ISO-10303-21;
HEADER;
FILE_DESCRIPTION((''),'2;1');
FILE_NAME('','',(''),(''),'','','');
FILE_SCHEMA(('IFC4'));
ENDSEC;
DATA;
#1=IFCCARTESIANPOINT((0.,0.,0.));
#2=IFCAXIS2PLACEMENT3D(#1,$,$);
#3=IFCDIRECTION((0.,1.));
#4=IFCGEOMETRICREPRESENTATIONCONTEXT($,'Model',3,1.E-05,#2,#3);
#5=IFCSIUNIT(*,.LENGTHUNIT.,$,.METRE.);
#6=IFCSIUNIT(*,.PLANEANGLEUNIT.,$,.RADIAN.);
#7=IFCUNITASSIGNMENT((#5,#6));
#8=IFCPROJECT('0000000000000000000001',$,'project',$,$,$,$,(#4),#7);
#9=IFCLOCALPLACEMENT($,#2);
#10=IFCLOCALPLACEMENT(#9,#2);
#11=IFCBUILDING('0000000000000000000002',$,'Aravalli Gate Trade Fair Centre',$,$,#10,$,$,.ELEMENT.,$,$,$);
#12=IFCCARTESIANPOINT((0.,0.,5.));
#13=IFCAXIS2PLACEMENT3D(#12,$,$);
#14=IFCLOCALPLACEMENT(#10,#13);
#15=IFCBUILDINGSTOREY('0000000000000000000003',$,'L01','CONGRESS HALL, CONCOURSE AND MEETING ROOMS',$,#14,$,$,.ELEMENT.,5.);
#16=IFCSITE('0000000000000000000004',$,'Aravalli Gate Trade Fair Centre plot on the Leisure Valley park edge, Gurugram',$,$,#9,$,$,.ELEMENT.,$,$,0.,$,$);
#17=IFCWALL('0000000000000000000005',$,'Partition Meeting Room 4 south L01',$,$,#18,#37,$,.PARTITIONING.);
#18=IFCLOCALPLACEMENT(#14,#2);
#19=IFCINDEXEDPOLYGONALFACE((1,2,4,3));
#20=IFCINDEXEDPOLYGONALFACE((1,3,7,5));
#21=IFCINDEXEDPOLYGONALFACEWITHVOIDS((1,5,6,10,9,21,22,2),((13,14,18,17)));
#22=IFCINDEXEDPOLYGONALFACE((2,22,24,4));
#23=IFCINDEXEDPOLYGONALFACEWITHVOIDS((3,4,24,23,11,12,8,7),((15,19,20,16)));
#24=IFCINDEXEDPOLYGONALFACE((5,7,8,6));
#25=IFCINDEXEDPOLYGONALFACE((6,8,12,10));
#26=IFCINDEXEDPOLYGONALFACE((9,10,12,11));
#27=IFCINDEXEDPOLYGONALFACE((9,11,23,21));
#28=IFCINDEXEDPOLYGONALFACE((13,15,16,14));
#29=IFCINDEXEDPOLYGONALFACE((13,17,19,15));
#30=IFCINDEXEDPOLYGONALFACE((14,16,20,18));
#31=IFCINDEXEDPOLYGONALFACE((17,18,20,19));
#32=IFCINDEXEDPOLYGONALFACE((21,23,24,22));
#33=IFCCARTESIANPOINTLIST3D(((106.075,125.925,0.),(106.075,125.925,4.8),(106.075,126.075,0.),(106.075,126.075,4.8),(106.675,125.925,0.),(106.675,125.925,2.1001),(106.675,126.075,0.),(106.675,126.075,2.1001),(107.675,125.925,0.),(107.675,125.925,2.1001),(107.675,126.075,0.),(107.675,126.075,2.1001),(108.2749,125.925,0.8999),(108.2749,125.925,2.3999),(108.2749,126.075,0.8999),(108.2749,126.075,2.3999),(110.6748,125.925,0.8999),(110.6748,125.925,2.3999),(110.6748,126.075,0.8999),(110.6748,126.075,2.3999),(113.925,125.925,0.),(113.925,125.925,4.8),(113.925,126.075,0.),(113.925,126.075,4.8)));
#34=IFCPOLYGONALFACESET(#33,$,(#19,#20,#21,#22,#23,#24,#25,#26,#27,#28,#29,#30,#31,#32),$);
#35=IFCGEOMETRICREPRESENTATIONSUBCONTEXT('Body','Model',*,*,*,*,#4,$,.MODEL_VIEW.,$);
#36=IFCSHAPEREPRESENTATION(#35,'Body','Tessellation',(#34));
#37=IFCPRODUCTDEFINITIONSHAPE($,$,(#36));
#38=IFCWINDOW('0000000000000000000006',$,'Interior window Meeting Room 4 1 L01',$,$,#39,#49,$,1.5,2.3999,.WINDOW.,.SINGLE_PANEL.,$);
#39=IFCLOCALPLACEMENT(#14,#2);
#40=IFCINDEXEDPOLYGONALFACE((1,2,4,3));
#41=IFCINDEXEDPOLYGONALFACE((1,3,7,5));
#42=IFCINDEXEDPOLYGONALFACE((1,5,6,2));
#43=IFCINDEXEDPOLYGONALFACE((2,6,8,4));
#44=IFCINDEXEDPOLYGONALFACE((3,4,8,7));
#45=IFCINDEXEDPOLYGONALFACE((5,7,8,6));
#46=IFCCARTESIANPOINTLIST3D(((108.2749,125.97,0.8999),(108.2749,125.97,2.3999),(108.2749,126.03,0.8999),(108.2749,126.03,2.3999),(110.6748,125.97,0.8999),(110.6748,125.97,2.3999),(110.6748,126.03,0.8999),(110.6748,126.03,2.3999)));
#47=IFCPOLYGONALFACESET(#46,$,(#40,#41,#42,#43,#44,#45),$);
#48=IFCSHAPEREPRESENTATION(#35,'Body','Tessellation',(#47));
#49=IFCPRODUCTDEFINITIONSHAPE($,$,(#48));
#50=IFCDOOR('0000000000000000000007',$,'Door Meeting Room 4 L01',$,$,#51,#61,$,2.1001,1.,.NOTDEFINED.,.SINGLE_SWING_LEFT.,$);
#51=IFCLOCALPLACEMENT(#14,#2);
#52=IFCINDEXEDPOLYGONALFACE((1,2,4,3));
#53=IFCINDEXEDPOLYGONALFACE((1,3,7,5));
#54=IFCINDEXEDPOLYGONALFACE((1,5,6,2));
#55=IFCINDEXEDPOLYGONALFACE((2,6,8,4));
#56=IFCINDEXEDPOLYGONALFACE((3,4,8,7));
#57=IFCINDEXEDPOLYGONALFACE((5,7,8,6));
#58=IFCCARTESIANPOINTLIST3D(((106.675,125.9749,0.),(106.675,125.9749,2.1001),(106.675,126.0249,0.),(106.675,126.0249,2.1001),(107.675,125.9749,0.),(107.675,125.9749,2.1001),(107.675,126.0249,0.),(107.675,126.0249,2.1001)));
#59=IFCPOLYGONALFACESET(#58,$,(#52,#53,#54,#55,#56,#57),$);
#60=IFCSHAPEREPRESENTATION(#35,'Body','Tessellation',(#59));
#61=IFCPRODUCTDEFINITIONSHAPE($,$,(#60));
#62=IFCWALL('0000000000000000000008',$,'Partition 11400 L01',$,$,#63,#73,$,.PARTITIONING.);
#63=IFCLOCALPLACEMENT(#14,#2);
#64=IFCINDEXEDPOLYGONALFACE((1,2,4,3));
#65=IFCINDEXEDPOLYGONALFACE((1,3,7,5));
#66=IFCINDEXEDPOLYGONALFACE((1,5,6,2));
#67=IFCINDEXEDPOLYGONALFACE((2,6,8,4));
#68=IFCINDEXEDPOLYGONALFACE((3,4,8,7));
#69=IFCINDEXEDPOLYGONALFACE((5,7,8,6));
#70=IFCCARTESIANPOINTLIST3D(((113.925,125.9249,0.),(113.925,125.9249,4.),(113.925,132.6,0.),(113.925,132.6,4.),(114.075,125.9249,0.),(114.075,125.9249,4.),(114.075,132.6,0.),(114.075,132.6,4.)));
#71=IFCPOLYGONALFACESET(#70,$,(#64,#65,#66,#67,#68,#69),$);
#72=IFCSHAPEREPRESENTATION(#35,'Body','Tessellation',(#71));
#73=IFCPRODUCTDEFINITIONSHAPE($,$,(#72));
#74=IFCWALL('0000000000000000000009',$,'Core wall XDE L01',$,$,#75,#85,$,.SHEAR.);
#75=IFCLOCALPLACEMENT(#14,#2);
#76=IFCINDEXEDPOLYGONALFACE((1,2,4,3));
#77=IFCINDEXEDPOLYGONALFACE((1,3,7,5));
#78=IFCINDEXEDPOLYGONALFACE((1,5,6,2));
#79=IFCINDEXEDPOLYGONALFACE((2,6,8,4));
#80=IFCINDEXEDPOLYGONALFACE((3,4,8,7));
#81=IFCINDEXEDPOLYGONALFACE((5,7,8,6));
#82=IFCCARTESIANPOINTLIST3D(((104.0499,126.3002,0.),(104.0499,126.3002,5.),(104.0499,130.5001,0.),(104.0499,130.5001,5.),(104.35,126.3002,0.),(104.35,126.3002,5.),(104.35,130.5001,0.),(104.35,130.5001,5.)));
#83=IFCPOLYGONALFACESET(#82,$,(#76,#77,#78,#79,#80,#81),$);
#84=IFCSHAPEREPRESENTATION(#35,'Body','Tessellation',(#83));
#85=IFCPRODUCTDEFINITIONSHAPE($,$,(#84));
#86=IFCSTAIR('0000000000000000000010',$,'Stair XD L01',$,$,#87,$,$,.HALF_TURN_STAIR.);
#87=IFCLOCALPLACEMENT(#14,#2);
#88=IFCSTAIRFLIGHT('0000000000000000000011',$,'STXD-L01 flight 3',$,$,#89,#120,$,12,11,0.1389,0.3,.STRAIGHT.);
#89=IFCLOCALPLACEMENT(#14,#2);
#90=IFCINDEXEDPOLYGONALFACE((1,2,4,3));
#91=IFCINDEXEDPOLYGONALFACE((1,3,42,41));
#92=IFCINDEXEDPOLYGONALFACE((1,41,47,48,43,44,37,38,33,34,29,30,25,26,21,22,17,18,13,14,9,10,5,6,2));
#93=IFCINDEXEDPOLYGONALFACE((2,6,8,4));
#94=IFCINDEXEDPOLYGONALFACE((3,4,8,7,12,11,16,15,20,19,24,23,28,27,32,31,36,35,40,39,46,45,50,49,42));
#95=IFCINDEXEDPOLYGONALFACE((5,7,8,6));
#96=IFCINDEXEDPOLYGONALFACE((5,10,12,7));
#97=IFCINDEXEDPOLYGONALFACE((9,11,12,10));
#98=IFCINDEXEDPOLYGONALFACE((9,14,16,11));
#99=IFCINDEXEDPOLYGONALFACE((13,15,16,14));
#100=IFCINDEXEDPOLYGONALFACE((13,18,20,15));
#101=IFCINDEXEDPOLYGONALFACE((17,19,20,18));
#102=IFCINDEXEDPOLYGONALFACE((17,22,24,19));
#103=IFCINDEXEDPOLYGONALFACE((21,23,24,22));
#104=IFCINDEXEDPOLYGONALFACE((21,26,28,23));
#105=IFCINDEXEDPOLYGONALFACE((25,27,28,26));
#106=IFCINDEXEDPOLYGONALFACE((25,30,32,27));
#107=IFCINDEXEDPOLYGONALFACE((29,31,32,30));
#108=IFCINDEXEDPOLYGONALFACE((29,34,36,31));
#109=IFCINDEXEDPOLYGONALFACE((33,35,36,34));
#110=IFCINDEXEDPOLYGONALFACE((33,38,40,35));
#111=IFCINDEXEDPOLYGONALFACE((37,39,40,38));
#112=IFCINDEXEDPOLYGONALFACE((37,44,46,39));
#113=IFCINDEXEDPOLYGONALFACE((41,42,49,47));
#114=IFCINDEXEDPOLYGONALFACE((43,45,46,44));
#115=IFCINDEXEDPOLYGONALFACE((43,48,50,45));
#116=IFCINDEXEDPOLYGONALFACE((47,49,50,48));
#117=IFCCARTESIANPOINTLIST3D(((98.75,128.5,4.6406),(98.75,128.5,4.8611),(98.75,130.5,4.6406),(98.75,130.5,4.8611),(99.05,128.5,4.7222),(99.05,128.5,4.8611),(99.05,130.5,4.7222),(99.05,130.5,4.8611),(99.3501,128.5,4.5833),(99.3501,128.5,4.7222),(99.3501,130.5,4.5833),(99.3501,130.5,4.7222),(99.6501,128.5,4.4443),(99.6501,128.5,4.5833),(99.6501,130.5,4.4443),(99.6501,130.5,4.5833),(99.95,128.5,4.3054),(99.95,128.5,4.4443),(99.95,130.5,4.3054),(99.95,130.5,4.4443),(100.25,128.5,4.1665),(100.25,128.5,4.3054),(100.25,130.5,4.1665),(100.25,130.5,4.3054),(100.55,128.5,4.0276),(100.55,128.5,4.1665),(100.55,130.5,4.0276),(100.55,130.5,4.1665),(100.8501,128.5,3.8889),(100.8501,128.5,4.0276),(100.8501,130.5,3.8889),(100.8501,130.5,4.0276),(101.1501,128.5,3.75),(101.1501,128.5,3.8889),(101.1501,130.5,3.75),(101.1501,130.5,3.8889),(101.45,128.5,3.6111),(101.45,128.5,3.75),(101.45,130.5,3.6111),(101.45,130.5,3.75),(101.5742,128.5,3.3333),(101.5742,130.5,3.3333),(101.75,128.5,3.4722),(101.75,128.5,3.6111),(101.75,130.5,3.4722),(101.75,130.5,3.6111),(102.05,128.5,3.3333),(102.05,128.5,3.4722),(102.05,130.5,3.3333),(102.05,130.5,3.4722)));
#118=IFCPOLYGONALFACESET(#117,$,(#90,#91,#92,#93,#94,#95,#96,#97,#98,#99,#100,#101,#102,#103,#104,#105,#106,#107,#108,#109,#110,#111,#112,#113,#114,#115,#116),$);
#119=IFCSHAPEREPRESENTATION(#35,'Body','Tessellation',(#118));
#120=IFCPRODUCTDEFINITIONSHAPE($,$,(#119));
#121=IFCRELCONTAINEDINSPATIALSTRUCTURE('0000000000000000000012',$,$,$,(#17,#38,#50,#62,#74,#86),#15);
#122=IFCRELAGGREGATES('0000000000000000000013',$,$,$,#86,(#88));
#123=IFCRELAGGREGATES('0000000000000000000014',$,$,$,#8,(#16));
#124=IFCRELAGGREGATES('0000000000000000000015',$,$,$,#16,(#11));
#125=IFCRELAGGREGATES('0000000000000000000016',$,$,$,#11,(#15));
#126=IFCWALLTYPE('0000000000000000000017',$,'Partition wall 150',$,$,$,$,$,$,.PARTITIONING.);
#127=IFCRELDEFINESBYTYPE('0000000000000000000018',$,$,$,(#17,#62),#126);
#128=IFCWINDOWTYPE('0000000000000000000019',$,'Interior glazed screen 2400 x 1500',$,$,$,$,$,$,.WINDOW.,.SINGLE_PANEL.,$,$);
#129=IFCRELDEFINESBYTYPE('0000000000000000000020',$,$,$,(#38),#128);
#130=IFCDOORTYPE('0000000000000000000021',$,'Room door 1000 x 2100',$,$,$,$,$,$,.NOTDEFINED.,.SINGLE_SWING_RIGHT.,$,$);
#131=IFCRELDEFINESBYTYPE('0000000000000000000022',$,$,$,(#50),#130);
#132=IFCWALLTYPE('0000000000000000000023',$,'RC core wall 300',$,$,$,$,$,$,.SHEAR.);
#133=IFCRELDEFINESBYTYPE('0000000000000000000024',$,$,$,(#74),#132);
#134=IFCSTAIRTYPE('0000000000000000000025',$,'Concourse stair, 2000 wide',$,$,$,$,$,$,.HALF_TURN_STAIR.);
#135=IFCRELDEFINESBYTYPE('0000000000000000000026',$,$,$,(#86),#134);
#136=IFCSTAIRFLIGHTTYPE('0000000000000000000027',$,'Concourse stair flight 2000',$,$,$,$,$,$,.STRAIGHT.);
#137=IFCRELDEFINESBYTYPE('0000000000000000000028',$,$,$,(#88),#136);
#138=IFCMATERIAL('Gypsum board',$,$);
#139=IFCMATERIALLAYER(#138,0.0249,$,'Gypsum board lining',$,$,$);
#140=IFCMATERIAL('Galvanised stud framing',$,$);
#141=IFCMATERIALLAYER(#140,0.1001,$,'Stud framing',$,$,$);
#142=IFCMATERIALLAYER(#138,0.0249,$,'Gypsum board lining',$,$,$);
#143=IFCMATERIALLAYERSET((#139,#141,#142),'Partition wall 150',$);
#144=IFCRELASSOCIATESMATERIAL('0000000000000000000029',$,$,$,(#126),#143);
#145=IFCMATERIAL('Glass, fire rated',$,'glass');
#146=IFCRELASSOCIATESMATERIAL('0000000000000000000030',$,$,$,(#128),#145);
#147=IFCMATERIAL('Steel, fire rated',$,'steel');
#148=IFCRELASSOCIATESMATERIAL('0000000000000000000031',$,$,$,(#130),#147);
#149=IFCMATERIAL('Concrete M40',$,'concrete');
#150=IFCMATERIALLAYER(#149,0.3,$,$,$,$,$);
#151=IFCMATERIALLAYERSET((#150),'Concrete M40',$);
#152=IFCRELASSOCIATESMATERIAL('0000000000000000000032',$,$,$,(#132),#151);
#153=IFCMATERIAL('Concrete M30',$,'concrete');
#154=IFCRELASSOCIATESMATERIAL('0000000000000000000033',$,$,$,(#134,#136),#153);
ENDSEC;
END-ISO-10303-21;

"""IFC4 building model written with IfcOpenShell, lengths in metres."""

from ifc_helpers import new_model, si_unit, direction, frame, frame_2d, origin, place, context, subcontext, project, spatial, polyline, rectangle, outline, extrude, material, layer, layer_set, type_object, element, fill, aggregate, save


model = new_model("IFC4")

# Units and contexts
model_context = context("Model", 3, precision=1e-05, world=origin(), true_north=direction((0.0, 1.0)))
body_context = subcontext(model_context, "Body", "Model", "MODEL_VIEW")
ifc_project = project(units=[si_unit("LENGTHUNIT", "METRE"), si_unit("PLANEANGLEUNIT", "RADIAN")], contexts=[model_context])

# Site, building, storey
site_placement = place(None, origin())
site = spatial("IfcSite", under=ifc_project, at=site_placement, Name="Aravalli Gate Trade Fair Centre plot on the Leisure Valley park edge, Gurugram", CompositionType="ELEMENT", RefElevation=0.0)
building_placement = place(site_placement, origin())
building = spatial("IfcBuilding", under=site, at=building_placement, Name="Aravalli Gate Trade Fair Centre", CompositionType="ELEMENT")
storey_placement = place(building_placement, frame((0.0, 0.0, 5.0)))
storey = spatial("IfcBuildingStorey", under=building, at=storey_placement, Name="L01", Description="CONGRESS HALL, CONCOURSE AND MEETING ROOMS", CompositionType="ELEMENT", Elevation=5.0)

# Wall, openings, window, door
ifc_material_1 = material(Name="Gypsum board")
ifc_layer_1 = layer(ifc_material_1, 0.0249, Name="Gypsum board lining")
ifc_material_2 = material(Name="Galvanised stud framing")
ifc_layer_2 = layer(ifc_material_2, 0.1001, Name="Stud framing")
ifc_layer_3 = layer(ifc_material_1, 0.0249, Name="Gypsum board lining")
ifc_layer_set_1 = layer_set([ifc_layer_1, ifc_layer_2, ifc_layer_3], Name="Partition wall 150")
wall_type_1 = type_object("IfcWallType", Name="Partition wall 150", PredefinedType="PARTITIONING", material=ifc_layer_set_1)
wall_1_placement = place(storey_placement, frame((106.075, 126.0, 0.0), z_axis=(0.0, 0.0, 1.0), x_axis=(1.0, 0.0, 0.0)))
wall_1 = element("IfcWall", 1, at=wall_1_placement, inside=storey, type_object=wall_type_1, Name="Partition Meeting Room 4 south L01", PredefinedType="PARTITIONING", context=body_context, shape_type="SweptSolid", body=[
    extrude(rectangle(XDim=7.8501, YDim=0.1499, at=frame_2d((3.925, 0.0))), origin(), (0.0, 0.0, 1.0), 4.8),
])
opening_1_placement = place(wall_1_placement, frame((0.6001, 0.0, 0.0)))
opening_1 = element("IfcOpeningElement", 2, at=opening_1_placement, cuts=wall_1, PredefinedType="OPENING", context=body_context, shape_type="SweptSolid", body=[
    extrude(rectangle(XDim=1.0, YDim=2.1001, at=frame_2d((0.5, 1.05))), frame((0.0, 0.085, 0.0), z_axis=(0.0, -1.0, 0.0), x_axis=(1.0, 0.0, 0.0)), (0.0, 0.0, 1.0), 0.1699),
])
opening_2_placement = place(wall_1_placement, frame((2.2, 0.0, 0.8999)))
opening_2 = element("IfcOpeningElement", 3, at=opening_2_placement, cuts=wall_1, PredefinedType="OPENING", context=body_context, shape_type="SweptSolid", body=[
    extrude(rectangle(XDim=2.3999, YDim=1.5, at=frame_2d((1.2, 0.75))), frame((0.0, 0.085, 0.0), z_axis=(0.0, -1.0, 0.0), x_axis=(1.0, 0.0, 0.0)), (0.0, 0.0, 1.0), 0.1699),
])
ifc_material_3 = material(Name="Glass, fire rated", Category="glass")
window_type = type_object("IfcWindowType", Name="Interior glazed screen 2400 x 1500", PartitioningType="SINGLE_PANEL", PredefinedType="WINDOW", material=ifc_material_3)
window_placement = place(opening_2_placement, origin())
window = element("IfcWindow", 4, at=window_placement, inside=storey, type_object=window_type, Name="Interior window Meeting Room 4 1 L01", OverallHeight=1.5, OverallWidth=2.3999, PartitioningType="SINGLE_PANEL", PredefinedType="WINDOW", context=body_context, shape_type="SweptSolid", body=[
    extrude(rectangle(XDim=2.3999, YDim=1.5, at=frame_2d((1.2, 0.75))), frame((0.0, 0.03, 0.0), z_axis=(0.0, -1.0, 0.0), x_axis=(1.0, 0.0, 0.0)), (0.0, 0.0, 1.0), 0.0601),
])
fill(opening_2, window)
ifc_material_4 = material(Name="Steel, fire rated", Category="steel")
door_type = type_object("IfcDoorType", Name="Room door 1000 x 2100", OperationType="SINGLE_SWING_RIGHT", PredefinedType="NOTDEFINED", material=ifc_material_4)
door_placement = place(opening_1_placement, origin())
door = element("IfcDoor", 5, at=door_placement, inside=storey, type_object=door_type, Name="Door Meeting Room 4 L01", OperationType="SINGLE_SWING_LEFT", OverallHeight=2.1001, OverallWidth=1.0, PredefinedType="NOTDEFINED", context=body_context, shape_type="SweptSolid", body=[
    extrude(rectangle(XDim=1.0, YDim=2.1001, at=frame_2d((0.5, 1.05))), frame((0.0, 0.0249, 0.0), z_axis=(0.0, -1.0, 0.0), x_axis=(1.0, 0.0, 0.0)), (0.0, 0.0, 1.0), 0.05),
])
fill(opening_1, door)

# Walls
wall_2_placement = place(storey_placement, frame((114.0, 125.925, 0.0), z_axis=(0.0, 0.0, 1.0), x_axis=(0.0, 1.0, 0.0)))
element("IfcWall", 6, at=wall_2_placement, inside=storey, type_object=wall_type_1, Name="Partition 11400 L01", PredefinedType="PARTITIONING", context=body_context, shape_type="SweptSolid", body=[
    extrude(rectangle(XDim=6.675, YDim=0.1499, at=frame_2d((3.3374, 0.0))), origin(), (0.0, 0.0, 1.0), 4.0),
])
ifc_material_5 = material(Name="Concrete M40", Category="concrete")
ifc_layer_4 = layer(ifc_material_5, 0.3)
ifc_layer_set_2 = layer_set([ifc_layer_4], Name="Concrete M40")
wall_type_2 = type_object("IfcWallType", Name="RC core wall 300", PredefinedType="SHEAR", material=ifc_layer_set_2)
wall_3_placement = place(storey_placement, frame((104.2, 126.3, 0.0), z_axis=(0.0, 0.0, 1.0), x_axis=(0.0, 1.0, 0.0)))
element("IfcWall", 7, at=wall_3_placement, inside=storey, type_object=wall_type_2, Name="Core wall XDE L01", PredefinedType="SHEAR", context=body_context, shape_type="SweptSolid", body=[
    extrude(rectangle(XDim=4.2, YDim=0.3, at=frame_2d((2.1001, 0.0))), origin(), (0.0, 0.0, 1.0), 5.0),
])

# Stair, stair flight
ifc_material_6 = material(Name="Concrete M30", Category="concrete")
stair_type = type_object("IfcStairType", Name="Concourse stair, 2000 wide", PredefinedType="HALF_TURN_STAIR", material=ifc_material_6)
stair_placement = place(storey_placement, origin())
stair = element("IfcStair", 8, at=stair_placement, inside=storey, type_object=stair_type, Name="Stair XD L01", PredefinedType="HALF_TURN_STAIR")
stair_flight_type = type_object("IfcStairFlightType", Name="Concourse stair flight 2000", PredefinedType="STRAIGHT", material=ifc_material_6)
stair_flight_placement = place(storey_placement, frame((102.05, 129.5, 3.3333), z_axis=(0.0, 0.0, 1.0), x_axis=(-1.0, 0.0, 0.0)))
stair_flight = element("IfcStairFlight", 9, at=stair_flight_placement, type_object=stair_flight_type, Name="STXD-L01 flight 3", NumberOfRisers=12, NumberOfTreads=11, PredefinedType="STRAIGHT", RiserHeight=0.1389, TreadLength=0.3, context=body_context, shape_type="SweptSolid", body=[
    extrude(outline(polyline([(0.0, 0.0), (0.0, 0.1389), (0.3, 0.1389), (0.3, 0.2778), (0.6001, 0.2778), (0.6001, 0.4167), (0.8999, 0.4167), (0.8999, 0.5557), (1.2, 0.5557), (1.2, 0.6943), (1.5, 0.6943), (1.5, 0.8333), (1.8, 0.8333), (1.8, 0.9722), (2.1001, 0.9722), (2.1001, 1.1111), (2.3999, 1.1111), (2.3999, 1.25), (2.7, 1.25), (2.7, 1.3889), (3.0, 1.3889), (3.0, 1.5278), (3.3, 1.5278), (3.3, 1.6667), (3.3, 1.3074), (0.4758, 0.0), (0.0, 0.0)])), frame((0.0, 1.0, 0.0), z_axis=(0.0, -1.0, 0.0), x_axis=(1.0, 0.0, 0.0)), (0.0, 0.0, 1.0), 2.0),
])
aggregate(stair, [stair_flight])

save(model, "model.ifc")
